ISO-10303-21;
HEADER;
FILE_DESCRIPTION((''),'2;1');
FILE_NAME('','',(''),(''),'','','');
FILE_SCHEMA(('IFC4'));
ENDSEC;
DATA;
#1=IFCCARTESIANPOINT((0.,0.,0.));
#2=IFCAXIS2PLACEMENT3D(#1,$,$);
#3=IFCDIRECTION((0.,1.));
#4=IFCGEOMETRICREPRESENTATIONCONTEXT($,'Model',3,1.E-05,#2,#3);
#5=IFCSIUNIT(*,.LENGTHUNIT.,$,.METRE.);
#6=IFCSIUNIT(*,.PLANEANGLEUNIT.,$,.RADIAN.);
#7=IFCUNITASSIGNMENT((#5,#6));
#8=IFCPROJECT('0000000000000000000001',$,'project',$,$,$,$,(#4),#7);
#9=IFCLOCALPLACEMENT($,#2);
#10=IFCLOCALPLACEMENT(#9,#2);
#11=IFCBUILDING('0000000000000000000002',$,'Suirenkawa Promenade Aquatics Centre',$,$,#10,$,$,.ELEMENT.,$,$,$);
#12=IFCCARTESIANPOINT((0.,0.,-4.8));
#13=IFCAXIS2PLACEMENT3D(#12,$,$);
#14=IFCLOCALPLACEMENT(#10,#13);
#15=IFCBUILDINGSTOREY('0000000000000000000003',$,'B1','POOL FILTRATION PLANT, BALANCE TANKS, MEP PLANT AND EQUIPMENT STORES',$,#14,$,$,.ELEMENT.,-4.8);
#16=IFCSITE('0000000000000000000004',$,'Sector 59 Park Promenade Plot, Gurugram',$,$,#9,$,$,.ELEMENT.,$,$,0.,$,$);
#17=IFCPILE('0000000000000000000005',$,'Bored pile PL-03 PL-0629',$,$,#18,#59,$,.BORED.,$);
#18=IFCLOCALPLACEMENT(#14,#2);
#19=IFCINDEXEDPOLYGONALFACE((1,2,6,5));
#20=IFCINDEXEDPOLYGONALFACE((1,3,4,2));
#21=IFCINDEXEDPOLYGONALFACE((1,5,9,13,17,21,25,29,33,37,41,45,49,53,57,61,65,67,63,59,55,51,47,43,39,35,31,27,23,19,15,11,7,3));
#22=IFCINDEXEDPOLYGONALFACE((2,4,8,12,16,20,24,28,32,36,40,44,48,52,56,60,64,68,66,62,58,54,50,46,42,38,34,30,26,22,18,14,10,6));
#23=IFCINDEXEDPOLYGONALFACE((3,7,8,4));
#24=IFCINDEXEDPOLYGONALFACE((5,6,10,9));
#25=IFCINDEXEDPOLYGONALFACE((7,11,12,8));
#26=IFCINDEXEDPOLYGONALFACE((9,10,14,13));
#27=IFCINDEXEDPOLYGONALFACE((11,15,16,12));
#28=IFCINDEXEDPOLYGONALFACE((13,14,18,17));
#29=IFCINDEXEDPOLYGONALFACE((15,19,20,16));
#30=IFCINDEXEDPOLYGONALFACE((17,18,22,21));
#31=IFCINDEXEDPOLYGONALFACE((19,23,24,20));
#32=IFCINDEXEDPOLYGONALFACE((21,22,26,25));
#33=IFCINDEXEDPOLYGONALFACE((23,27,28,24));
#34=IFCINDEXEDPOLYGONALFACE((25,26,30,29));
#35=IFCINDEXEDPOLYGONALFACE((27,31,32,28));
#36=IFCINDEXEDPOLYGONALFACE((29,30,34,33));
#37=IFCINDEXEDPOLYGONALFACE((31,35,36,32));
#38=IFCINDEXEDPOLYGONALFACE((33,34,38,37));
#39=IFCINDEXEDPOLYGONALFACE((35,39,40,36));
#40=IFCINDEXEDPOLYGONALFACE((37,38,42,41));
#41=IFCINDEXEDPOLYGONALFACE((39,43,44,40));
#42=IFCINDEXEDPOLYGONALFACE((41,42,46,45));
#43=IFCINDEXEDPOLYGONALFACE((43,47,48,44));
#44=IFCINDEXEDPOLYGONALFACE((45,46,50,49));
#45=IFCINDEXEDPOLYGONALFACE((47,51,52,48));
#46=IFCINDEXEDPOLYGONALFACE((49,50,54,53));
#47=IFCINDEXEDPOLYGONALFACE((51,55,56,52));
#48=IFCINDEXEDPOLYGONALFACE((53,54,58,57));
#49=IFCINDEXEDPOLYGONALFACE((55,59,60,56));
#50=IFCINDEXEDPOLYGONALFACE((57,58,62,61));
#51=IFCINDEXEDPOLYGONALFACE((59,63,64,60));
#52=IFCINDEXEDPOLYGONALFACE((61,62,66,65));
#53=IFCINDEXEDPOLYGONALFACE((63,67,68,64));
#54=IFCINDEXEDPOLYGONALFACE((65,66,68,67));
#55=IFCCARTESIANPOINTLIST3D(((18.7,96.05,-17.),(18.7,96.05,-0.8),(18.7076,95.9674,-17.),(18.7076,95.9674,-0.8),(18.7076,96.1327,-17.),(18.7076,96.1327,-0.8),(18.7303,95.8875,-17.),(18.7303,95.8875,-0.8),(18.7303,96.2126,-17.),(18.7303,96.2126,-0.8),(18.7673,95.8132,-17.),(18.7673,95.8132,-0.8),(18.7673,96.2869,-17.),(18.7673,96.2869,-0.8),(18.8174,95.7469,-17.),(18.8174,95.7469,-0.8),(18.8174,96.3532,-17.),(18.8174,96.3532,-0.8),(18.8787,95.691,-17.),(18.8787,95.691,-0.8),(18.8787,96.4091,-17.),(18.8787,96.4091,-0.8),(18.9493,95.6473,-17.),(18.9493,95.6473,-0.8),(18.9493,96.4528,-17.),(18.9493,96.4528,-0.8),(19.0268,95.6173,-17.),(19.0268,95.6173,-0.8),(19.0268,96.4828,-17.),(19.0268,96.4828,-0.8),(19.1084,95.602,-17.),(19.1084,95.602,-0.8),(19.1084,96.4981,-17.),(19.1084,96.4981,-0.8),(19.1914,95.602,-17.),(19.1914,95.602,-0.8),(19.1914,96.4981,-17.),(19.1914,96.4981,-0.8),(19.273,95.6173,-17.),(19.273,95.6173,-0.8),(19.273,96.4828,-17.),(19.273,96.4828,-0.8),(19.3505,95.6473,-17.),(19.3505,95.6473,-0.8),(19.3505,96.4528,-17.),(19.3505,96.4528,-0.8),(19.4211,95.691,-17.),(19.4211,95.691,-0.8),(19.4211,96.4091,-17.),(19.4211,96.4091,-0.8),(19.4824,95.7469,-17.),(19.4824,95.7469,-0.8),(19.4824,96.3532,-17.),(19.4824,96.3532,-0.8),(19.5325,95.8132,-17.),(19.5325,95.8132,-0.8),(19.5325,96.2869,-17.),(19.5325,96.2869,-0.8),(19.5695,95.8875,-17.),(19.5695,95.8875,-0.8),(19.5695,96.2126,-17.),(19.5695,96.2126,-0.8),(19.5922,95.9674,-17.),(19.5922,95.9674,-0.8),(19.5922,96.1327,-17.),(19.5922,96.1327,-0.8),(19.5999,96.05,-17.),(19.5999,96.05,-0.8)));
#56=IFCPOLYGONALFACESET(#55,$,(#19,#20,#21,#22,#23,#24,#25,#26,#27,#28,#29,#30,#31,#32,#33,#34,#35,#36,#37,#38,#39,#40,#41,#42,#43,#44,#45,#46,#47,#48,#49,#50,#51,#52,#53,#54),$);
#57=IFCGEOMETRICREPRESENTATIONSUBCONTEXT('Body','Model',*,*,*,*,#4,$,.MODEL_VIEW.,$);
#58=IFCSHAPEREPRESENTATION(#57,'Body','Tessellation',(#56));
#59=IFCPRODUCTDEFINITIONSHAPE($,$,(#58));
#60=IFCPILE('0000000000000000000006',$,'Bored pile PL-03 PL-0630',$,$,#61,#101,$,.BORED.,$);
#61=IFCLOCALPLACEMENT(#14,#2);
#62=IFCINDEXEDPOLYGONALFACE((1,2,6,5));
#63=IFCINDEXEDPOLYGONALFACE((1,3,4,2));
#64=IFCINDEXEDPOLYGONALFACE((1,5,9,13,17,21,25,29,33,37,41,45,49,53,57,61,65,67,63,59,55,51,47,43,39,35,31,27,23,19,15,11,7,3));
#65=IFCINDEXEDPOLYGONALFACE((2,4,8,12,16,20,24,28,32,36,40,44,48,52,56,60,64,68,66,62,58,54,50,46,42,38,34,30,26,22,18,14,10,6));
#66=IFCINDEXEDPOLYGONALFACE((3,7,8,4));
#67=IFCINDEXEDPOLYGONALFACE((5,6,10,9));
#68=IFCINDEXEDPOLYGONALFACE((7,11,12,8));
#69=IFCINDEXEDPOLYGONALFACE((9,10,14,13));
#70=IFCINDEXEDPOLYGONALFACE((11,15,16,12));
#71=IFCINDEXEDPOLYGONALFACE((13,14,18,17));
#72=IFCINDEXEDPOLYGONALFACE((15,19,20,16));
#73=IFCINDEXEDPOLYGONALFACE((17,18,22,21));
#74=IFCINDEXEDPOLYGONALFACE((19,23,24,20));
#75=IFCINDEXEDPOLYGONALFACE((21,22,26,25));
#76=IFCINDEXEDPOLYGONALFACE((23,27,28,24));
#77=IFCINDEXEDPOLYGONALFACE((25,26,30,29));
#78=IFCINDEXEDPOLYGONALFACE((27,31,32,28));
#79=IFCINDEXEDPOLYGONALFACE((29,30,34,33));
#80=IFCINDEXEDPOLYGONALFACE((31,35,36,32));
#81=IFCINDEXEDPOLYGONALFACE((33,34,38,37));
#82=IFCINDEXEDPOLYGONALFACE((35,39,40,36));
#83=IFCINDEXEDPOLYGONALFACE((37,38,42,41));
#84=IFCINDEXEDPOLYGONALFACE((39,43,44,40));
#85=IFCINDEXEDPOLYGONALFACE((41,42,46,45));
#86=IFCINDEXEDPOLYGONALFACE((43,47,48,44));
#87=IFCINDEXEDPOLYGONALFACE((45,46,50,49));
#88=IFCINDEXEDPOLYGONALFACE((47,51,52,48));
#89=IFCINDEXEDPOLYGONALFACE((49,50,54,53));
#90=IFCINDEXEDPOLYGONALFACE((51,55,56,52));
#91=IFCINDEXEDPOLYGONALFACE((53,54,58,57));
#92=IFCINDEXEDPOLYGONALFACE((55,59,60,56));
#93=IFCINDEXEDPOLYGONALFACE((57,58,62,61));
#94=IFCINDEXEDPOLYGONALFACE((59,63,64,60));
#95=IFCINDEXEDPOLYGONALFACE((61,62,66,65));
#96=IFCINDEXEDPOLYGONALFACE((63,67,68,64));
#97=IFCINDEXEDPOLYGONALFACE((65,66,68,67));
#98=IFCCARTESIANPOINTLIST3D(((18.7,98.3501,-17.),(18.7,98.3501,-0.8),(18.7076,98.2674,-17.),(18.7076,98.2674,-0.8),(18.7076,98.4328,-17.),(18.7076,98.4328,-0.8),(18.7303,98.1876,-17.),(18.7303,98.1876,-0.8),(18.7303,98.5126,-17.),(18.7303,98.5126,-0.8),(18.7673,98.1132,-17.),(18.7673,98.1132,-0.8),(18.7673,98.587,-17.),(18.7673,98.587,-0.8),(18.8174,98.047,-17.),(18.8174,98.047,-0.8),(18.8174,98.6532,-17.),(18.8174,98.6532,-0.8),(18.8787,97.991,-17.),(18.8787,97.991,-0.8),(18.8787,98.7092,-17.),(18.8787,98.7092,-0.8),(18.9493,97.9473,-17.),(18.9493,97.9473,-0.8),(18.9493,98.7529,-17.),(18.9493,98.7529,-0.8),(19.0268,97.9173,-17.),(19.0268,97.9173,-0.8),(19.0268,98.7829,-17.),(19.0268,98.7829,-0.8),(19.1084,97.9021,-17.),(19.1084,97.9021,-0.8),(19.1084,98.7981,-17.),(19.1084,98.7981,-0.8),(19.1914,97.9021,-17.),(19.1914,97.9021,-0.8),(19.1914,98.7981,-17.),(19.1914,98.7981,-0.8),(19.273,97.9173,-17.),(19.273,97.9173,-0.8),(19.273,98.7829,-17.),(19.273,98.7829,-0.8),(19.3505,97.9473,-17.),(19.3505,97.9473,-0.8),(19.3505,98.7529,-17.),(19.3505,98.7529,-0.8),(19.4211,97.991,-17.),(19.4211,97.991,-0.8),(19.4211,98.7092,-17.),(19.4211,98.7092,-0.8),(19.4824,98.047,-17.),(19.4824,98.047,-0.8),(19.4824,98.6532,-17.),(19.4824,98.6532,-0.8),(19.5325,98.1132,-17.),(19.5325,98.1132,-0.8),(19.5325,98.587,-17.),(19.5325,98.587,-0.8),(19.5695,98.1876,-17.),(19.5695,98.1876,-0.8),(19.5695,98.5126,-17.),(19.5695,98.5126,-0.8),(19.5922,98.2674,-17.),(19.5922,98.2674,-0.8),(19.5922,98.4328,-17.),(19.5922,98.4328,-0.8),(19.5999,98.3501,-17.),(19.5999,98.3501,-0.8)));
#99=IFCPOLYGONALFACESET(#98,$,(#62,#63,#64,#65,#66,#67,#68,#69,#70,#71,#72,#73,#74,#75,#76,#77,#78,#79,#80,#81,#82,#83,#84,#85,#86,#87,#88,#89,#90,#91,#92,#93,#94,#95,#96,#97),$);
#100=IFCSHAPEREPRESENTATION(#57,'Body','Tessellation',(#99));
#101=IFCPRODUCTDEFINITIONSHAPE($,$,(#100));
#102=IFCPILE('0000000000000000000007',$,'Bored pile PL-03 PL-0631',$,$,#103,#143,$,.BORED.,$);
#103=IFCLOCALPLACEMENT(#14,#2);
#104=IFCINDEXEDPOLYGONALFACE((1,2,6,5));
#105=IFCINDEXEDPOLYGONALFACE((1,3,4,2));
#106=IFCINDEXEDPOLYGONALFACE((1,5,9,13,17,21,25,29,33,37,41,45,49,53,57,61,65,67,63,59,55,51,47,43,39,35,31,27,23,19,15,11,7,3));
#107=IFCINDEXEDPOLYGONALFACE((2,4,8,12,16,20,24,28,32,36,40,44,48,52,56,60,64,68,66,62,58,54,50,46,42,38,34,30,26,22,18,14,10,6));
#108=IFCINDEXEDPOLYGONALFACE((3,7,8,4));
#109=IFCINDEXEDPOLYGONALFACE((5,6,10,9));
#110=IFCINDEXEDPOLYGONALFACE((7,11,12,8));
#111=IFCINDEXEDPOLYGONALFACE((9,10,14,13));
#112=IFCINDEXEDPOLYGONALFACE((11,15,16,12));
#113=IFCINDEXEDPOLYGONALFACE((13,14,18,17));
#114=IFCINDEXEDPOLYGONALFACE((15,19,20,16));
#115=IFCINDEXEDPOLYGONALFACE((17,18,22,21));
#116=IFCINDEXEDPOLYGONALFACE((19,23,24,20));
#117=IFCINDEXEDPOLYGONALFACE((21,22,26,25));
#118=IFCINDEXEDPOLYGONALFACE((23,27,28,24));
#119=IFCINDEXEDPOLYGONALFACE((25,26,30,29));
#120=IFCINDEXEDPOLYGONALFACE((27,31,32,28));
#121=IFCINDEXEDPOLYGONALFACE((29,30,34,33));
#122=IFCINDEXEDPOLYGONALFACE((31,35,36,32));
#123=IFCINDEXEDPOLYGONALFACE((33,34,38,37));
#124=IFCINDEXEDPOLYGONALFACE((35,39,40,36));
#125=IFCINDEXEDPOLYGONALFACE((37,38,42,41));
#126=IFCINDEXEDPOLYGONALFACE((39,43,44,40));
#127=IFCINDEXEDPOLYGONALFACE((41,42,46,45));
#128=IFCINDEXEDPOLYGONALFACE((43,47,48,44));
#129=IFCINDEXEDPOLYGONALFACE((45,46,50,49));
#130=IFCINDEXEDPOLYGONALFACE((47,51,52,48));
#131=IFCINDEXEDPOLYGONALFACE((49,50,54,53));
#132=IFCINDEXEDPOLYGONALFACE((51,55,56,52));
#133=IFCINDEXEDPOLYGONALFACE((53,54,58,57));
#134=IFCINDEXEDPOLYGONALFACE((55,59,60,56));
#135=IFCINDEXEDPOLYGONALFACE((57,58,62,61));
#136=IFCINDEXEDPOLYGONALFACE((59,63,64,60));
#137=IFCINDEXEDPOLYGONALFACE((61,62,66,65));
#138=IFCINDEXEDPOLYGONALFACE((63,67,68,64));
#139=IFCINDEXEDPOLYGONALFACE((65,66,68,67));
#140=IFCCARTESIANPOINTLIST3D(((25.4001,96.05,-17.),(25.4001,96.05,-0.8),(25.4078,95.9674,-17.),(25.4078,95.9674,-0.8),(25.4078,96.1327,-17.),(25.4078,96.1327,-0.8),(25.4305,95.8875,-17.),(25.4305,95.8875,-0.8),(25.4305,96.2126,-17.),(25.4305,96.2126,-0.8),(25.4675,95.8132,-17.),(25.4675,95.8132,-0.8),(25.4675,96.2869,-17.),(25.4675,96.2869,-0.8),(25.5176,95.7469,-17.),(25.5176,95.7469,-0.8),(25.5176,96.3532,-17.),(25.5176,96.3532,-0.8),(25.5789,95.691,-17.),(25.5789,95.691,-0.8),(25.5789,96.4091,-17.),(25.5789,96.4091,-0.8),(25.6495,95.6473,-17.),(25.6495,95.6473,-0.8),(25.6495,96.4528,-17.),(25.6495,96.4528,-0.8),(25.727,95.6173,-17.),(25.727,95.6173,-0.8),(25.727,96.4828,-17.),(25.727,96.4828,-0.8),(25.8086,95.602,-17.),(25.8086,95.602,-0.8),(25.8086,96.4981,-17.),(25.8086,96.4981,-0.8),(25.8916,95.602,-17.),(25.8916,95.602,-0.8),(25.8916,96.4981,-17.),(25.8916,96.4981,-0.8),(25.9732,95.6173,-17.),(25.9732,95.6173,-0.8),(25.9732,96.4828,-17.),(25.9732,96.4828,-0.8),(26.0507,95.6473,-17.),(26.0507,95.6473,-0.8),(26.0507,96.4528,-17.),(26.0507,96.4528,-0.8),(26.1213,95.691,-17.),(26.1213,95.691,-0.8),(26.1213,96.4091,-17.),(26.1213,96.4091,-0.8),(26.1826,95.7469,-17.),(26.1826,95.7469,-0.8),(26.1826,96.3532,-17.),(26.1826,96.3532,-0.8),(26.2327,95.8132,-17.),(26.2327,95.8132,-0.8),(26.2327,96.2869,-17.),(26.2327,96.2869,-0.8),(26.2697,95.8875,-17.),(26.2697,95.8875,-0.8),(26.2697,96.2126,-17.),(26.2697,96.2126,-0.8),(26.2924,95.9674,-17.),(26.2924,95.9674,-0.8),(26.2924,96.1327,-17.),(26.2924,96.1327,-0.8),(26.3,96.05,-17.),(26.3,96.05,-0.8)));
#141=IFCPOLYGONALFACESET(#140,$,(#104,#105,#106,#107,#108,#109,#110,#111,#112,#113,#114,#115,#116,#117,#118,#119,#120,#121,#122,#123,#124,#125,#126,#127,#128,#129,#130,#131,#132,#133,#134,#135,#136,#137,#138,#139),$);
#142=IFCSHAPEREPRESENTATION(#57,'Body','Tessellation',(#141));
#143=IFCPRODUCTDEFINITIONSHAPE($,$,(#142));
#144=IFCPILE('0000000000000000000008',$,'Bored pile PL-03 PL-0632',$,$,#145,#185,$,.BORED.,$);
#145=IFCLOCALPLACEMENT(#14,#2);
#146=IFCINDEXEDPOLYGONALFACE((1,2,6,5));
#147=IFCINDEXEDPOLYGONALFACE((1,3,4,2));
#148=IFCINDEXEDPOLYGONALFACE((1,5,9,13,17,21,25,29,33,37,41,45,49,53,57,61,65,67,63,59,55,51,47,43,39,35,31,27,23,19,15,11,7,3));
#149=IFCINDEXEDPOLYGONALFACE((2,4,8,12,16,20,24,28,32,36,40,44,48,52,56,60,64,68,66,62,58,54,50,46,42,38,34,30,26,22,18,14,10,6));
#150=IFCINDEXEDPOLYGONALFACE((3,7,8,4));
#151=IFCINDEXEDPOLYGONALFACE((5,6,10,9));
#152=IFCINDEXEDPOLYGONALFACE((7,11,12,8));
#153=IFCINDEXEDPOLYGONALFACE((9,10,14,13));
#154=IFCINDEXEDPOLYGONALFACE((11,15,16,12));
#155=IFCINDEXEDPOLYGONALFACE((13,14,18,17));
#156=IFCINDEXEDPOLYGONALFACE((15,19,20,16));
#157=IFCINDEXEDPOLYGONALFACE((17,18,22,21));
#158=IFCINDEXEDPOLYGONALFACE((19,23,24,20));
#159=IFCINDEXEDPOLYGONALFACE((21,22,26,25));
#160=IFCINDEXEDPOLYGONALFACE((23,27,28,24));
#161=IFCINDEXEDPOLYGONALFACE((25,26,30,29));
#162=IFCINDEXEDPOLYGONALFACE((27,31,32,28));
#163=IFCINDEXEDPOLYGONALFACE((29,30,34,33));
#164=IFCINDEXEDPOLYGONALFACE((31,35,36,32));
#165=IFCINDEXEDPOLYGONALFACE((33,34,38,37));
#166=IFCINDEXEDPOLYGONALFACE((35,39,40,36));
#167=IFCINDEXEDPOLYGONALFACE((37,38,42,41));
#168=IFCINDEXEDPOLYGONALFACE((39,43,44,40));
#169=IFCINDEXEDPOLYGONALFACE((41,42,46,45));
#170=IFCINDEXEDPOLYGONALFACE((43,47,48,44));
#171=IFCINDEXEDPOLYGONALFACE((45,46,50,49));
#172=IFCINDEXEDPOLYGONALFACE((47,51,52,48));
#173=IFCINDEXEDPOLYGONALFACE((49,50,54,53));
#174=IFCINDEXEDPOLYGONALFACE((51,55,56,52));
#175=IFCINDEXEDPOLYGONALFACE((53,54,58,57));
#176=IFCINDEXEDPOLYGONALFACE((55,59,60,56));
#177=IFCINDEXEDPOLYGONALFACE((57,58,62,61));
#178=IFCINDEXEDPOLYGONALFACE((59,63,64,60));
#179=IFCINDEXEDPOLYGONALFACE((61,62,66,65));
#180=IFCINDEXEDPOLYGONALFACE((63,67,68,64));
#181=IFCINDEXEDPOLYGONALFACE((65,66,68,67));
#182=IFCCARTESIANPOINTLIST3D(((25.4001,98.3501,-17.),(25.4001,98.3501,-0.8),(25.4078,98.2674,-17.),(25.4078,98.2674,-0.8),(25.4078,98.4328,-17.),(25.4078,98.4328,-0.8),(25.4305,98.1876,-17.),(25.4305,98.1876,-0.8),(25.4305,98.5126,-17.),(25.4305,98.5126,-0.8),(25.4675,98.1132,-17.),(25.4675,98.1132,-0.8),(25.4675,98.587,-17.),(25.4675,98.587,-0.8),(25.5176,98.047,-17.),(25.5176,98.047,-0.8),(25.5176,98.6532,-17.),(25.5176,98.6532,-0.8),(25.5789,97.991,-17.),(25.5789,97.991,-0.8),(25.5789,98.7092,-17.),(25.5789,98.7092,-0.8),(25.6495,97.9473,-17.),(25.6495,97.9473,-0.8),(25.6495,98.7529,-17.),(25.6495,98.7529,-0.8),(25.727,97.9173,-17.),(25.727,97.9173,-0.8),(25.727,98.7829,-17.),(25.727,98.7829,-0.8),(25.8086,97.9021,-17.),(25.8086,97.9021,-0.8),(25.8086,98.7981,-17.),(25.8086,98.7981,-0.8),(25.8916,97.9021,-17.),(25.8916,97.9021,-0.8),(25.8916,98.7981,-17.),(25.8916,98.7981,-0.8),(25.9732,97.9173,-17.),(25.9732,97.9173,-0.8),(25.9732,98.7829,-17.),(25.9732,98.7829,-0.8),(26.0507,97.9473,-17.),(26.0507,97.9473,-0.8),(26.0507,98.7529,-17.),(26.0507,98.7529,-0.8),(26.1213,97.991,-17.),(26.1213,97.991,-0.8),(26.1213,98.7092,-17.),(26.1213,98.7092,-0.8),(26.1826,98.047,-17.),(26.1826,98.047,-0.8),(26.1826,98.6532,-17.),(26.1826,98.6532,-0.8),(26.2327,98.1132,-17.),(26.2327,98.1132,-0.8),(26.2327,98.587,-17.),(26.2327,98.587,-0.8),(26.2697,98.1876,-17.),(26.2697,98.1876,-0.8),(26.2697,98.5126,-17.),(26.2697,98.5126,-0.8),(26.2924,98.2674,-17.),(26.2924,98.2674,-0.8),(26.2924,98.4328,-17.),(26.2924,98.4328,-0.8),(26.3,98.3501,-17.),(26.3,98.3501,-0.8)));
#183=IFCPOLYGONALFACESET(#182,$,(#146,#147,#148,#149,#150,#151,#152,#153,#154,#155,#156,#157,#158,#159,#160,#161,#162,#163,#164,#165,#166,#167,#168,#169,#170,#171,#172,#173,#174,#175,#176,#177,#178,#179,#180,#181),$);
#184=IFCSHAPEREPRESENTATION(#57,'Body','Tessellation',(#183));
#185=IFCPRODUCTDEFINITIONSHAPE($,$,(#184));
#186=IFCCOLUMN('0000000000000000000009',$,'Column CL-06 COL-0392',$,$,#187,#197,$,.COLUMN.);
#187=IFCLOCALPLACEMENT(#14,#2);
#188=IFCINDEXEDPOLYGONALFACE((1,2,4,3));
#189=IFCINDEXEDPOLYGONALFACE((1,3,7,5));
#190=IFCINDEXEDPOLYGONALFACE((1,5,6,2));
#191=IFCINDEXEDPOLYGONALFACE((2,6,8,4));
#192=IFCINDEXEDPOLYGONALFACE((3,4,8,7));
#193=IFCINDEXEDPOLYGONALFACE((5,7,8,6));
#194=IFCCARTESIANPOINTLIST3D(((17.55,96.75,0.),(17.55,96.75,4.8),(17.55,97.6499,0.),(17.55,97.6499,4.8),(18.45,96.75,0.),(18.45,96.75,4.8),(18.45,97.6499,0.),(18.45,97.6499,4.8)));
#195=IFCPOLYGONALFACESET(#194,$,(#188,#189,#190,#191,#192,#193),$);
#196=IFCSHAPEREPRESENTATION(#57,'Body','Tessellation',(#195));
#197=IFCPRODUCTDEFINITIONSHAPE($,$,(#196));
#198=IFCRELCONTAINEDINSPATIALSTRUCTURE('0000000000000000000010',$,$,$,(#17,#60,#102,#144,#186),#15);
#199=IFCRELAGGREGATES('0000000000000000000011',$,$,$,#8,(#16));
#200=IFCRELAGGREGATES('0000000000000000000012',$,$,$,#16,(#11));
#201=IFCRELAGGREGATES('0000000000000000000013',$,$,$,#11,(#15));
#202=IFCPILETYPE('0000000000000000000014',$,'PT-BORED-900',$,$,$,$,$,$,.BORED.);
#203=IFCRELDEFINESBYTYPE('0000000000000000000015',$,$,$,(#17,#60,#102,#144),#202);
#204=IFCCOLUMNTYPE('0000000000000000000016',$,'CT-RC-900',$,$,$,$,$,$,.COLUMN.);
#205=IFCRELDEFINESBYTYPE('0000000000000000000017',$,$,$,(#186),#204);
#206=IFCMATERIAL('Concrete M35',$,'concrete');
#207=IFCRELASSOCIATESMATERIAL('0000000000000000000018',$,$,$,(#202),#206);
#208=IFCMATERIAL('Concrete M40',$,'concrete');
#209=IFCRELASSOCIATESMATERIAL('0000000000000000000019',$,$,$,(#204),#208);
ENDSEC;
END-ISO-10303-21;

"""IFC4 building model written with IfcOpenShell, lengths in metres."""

from ifc_helpers import new_model, si_unit, direction, frame, origin, origin_2d, place, context, subcontext, project, spatial, rectangle, circle, extrude, material, material_profile, profile_set, type_object, element, save


model = new_model("IFC4")

# Units and contexts
model_context = context("Model", 3, precision=1e-05, world=origin(), true_north=direction((0.0, 1.0)))
body_context = subcontext(model_context, "Body", "Model", "MODEL_VIEW")
ifc_project = project(units=[si_unit("LENGTHUNIT", "METRE"), si_unit("PLANEANGLEUNIT", "RADIAN")], contexts=[model_context])

# Site, building, storey
site_placement = place(None, origin())
site = spatial("IfcSite", under=ifc_project, at=site_placement, Name="Sector 59 Park Promenade Plot, Gurugram", CompositionType="ELEMENT", RefElevation=0.0)
building_placement = place(site_placement, origin())
building = spatial("IfcBuilding", under=site, at=building_placement, Name="Suirenkawa Promenade Aquatics Centre", CompositionType="ELEMENT")
storey_placement = place(building_placement, frame((0.0, 0.0, -4.8)))
storey = spatial("IfcBuildingStorey", under=building, at=storey_placement, Name="B1", Description="POOL FILTRATION PLANT, BALANCE TANKS, MEP PLANT AND EQUIPMENT STORES", CompositionType="ELEMENT", Elevation=-4.8)

# Shared definitions
ifc_material_1 = material(Name="Concrete M35", Category="concrete")

# Piles
ifc_material_profile_1 = material_profile(ifc_material_1, circle(Radius=0.45, at=origin_2d()), Name="PILE D900", Category="concrete")
ifc_profile_set_1 = profile_set([ifc_material_profile_1], Name="Concrete M35")
pile_type_1 = type_object("IfcPileType", Name="PT-BORED-900", PredefinedType="BORED", material=ifc_profile_set_1)
for number, where, z_axis, x_axis, name in (
    (1, (19.1499, 96.05, -0.8), (0.0, 0.0, -1.0), (1.0, 0.0, 0.0), "Bored pile PL-03 PL-0629"),
    (2, (19.1499, 98.3501, -0.8), (0.0, 0.0, -1.0), (1.0, 0.0, 0.0), "Bored pile PL-03 PL-0630"),
    (3, (25.8501, 96.05, -0.8), (0.0, 0.0, -1.0), (1.0, 0.0, 0.0), "Bored pile PL-03 PL-0631"),
    (4, (25.8501, 98.3501, -0.8), (0.0, 0.0, -1.0), (1.0, 0.0, 0.0), "Bored pile PL-03 PL-0632"),
):
    element("IfcPile", number, at=place(storey_placement, frame(where, z_axis=z_axis, x_axis=x_axis)), inside=storey, type_object=pile_type_1, Name=name, PredefinedType="BORED", context=body_context, shape_type="SweptSolid", body=[
        extrude(circle(Radius=0.45, at=origin_2d()), origin(), (0.0, 0.0, 1.0), 16.2),
    ])

# Column
ifc_material_2 = material(Name="Concrete M40", Category="concrete")
ifc_material_profile_2 = material_profile(ifc_material_2, rectangle(XDim=0.8999, YDim=0.8999, at=origin_2d()), Name="RC COL 900x900", Category="concrete")
ifc_profile_set_2 = profile_set([ifc_material_profile_2], Name="Concrete M40")
column_type = type_object("IfcColumnType", Name="CT-RC-900", PredefinedType="COLUMN", material=ifc_profile_set_2)
column_placement = place(storey_placement, frame((18.0, 97.2, 0.0), z_axis=(0.0, 0.0, 1.0), x_axis=(1.0, 0.0, 0.0)))
element("IfcColumn", 5, at=column_placement, inside=storey, type_object=column_type, Name="Column CL-06 COL-0392", PredefinedType="COLUMN", context=body_context, shape_type="SweptSolid", body=[
    extrude(rectangle(XDim=0.8999, YDim=0.8999, at=origin_2d()), origin(), (0.0, 0.0, 1.0), 4.8),
])

save(model, "model.ifc")
